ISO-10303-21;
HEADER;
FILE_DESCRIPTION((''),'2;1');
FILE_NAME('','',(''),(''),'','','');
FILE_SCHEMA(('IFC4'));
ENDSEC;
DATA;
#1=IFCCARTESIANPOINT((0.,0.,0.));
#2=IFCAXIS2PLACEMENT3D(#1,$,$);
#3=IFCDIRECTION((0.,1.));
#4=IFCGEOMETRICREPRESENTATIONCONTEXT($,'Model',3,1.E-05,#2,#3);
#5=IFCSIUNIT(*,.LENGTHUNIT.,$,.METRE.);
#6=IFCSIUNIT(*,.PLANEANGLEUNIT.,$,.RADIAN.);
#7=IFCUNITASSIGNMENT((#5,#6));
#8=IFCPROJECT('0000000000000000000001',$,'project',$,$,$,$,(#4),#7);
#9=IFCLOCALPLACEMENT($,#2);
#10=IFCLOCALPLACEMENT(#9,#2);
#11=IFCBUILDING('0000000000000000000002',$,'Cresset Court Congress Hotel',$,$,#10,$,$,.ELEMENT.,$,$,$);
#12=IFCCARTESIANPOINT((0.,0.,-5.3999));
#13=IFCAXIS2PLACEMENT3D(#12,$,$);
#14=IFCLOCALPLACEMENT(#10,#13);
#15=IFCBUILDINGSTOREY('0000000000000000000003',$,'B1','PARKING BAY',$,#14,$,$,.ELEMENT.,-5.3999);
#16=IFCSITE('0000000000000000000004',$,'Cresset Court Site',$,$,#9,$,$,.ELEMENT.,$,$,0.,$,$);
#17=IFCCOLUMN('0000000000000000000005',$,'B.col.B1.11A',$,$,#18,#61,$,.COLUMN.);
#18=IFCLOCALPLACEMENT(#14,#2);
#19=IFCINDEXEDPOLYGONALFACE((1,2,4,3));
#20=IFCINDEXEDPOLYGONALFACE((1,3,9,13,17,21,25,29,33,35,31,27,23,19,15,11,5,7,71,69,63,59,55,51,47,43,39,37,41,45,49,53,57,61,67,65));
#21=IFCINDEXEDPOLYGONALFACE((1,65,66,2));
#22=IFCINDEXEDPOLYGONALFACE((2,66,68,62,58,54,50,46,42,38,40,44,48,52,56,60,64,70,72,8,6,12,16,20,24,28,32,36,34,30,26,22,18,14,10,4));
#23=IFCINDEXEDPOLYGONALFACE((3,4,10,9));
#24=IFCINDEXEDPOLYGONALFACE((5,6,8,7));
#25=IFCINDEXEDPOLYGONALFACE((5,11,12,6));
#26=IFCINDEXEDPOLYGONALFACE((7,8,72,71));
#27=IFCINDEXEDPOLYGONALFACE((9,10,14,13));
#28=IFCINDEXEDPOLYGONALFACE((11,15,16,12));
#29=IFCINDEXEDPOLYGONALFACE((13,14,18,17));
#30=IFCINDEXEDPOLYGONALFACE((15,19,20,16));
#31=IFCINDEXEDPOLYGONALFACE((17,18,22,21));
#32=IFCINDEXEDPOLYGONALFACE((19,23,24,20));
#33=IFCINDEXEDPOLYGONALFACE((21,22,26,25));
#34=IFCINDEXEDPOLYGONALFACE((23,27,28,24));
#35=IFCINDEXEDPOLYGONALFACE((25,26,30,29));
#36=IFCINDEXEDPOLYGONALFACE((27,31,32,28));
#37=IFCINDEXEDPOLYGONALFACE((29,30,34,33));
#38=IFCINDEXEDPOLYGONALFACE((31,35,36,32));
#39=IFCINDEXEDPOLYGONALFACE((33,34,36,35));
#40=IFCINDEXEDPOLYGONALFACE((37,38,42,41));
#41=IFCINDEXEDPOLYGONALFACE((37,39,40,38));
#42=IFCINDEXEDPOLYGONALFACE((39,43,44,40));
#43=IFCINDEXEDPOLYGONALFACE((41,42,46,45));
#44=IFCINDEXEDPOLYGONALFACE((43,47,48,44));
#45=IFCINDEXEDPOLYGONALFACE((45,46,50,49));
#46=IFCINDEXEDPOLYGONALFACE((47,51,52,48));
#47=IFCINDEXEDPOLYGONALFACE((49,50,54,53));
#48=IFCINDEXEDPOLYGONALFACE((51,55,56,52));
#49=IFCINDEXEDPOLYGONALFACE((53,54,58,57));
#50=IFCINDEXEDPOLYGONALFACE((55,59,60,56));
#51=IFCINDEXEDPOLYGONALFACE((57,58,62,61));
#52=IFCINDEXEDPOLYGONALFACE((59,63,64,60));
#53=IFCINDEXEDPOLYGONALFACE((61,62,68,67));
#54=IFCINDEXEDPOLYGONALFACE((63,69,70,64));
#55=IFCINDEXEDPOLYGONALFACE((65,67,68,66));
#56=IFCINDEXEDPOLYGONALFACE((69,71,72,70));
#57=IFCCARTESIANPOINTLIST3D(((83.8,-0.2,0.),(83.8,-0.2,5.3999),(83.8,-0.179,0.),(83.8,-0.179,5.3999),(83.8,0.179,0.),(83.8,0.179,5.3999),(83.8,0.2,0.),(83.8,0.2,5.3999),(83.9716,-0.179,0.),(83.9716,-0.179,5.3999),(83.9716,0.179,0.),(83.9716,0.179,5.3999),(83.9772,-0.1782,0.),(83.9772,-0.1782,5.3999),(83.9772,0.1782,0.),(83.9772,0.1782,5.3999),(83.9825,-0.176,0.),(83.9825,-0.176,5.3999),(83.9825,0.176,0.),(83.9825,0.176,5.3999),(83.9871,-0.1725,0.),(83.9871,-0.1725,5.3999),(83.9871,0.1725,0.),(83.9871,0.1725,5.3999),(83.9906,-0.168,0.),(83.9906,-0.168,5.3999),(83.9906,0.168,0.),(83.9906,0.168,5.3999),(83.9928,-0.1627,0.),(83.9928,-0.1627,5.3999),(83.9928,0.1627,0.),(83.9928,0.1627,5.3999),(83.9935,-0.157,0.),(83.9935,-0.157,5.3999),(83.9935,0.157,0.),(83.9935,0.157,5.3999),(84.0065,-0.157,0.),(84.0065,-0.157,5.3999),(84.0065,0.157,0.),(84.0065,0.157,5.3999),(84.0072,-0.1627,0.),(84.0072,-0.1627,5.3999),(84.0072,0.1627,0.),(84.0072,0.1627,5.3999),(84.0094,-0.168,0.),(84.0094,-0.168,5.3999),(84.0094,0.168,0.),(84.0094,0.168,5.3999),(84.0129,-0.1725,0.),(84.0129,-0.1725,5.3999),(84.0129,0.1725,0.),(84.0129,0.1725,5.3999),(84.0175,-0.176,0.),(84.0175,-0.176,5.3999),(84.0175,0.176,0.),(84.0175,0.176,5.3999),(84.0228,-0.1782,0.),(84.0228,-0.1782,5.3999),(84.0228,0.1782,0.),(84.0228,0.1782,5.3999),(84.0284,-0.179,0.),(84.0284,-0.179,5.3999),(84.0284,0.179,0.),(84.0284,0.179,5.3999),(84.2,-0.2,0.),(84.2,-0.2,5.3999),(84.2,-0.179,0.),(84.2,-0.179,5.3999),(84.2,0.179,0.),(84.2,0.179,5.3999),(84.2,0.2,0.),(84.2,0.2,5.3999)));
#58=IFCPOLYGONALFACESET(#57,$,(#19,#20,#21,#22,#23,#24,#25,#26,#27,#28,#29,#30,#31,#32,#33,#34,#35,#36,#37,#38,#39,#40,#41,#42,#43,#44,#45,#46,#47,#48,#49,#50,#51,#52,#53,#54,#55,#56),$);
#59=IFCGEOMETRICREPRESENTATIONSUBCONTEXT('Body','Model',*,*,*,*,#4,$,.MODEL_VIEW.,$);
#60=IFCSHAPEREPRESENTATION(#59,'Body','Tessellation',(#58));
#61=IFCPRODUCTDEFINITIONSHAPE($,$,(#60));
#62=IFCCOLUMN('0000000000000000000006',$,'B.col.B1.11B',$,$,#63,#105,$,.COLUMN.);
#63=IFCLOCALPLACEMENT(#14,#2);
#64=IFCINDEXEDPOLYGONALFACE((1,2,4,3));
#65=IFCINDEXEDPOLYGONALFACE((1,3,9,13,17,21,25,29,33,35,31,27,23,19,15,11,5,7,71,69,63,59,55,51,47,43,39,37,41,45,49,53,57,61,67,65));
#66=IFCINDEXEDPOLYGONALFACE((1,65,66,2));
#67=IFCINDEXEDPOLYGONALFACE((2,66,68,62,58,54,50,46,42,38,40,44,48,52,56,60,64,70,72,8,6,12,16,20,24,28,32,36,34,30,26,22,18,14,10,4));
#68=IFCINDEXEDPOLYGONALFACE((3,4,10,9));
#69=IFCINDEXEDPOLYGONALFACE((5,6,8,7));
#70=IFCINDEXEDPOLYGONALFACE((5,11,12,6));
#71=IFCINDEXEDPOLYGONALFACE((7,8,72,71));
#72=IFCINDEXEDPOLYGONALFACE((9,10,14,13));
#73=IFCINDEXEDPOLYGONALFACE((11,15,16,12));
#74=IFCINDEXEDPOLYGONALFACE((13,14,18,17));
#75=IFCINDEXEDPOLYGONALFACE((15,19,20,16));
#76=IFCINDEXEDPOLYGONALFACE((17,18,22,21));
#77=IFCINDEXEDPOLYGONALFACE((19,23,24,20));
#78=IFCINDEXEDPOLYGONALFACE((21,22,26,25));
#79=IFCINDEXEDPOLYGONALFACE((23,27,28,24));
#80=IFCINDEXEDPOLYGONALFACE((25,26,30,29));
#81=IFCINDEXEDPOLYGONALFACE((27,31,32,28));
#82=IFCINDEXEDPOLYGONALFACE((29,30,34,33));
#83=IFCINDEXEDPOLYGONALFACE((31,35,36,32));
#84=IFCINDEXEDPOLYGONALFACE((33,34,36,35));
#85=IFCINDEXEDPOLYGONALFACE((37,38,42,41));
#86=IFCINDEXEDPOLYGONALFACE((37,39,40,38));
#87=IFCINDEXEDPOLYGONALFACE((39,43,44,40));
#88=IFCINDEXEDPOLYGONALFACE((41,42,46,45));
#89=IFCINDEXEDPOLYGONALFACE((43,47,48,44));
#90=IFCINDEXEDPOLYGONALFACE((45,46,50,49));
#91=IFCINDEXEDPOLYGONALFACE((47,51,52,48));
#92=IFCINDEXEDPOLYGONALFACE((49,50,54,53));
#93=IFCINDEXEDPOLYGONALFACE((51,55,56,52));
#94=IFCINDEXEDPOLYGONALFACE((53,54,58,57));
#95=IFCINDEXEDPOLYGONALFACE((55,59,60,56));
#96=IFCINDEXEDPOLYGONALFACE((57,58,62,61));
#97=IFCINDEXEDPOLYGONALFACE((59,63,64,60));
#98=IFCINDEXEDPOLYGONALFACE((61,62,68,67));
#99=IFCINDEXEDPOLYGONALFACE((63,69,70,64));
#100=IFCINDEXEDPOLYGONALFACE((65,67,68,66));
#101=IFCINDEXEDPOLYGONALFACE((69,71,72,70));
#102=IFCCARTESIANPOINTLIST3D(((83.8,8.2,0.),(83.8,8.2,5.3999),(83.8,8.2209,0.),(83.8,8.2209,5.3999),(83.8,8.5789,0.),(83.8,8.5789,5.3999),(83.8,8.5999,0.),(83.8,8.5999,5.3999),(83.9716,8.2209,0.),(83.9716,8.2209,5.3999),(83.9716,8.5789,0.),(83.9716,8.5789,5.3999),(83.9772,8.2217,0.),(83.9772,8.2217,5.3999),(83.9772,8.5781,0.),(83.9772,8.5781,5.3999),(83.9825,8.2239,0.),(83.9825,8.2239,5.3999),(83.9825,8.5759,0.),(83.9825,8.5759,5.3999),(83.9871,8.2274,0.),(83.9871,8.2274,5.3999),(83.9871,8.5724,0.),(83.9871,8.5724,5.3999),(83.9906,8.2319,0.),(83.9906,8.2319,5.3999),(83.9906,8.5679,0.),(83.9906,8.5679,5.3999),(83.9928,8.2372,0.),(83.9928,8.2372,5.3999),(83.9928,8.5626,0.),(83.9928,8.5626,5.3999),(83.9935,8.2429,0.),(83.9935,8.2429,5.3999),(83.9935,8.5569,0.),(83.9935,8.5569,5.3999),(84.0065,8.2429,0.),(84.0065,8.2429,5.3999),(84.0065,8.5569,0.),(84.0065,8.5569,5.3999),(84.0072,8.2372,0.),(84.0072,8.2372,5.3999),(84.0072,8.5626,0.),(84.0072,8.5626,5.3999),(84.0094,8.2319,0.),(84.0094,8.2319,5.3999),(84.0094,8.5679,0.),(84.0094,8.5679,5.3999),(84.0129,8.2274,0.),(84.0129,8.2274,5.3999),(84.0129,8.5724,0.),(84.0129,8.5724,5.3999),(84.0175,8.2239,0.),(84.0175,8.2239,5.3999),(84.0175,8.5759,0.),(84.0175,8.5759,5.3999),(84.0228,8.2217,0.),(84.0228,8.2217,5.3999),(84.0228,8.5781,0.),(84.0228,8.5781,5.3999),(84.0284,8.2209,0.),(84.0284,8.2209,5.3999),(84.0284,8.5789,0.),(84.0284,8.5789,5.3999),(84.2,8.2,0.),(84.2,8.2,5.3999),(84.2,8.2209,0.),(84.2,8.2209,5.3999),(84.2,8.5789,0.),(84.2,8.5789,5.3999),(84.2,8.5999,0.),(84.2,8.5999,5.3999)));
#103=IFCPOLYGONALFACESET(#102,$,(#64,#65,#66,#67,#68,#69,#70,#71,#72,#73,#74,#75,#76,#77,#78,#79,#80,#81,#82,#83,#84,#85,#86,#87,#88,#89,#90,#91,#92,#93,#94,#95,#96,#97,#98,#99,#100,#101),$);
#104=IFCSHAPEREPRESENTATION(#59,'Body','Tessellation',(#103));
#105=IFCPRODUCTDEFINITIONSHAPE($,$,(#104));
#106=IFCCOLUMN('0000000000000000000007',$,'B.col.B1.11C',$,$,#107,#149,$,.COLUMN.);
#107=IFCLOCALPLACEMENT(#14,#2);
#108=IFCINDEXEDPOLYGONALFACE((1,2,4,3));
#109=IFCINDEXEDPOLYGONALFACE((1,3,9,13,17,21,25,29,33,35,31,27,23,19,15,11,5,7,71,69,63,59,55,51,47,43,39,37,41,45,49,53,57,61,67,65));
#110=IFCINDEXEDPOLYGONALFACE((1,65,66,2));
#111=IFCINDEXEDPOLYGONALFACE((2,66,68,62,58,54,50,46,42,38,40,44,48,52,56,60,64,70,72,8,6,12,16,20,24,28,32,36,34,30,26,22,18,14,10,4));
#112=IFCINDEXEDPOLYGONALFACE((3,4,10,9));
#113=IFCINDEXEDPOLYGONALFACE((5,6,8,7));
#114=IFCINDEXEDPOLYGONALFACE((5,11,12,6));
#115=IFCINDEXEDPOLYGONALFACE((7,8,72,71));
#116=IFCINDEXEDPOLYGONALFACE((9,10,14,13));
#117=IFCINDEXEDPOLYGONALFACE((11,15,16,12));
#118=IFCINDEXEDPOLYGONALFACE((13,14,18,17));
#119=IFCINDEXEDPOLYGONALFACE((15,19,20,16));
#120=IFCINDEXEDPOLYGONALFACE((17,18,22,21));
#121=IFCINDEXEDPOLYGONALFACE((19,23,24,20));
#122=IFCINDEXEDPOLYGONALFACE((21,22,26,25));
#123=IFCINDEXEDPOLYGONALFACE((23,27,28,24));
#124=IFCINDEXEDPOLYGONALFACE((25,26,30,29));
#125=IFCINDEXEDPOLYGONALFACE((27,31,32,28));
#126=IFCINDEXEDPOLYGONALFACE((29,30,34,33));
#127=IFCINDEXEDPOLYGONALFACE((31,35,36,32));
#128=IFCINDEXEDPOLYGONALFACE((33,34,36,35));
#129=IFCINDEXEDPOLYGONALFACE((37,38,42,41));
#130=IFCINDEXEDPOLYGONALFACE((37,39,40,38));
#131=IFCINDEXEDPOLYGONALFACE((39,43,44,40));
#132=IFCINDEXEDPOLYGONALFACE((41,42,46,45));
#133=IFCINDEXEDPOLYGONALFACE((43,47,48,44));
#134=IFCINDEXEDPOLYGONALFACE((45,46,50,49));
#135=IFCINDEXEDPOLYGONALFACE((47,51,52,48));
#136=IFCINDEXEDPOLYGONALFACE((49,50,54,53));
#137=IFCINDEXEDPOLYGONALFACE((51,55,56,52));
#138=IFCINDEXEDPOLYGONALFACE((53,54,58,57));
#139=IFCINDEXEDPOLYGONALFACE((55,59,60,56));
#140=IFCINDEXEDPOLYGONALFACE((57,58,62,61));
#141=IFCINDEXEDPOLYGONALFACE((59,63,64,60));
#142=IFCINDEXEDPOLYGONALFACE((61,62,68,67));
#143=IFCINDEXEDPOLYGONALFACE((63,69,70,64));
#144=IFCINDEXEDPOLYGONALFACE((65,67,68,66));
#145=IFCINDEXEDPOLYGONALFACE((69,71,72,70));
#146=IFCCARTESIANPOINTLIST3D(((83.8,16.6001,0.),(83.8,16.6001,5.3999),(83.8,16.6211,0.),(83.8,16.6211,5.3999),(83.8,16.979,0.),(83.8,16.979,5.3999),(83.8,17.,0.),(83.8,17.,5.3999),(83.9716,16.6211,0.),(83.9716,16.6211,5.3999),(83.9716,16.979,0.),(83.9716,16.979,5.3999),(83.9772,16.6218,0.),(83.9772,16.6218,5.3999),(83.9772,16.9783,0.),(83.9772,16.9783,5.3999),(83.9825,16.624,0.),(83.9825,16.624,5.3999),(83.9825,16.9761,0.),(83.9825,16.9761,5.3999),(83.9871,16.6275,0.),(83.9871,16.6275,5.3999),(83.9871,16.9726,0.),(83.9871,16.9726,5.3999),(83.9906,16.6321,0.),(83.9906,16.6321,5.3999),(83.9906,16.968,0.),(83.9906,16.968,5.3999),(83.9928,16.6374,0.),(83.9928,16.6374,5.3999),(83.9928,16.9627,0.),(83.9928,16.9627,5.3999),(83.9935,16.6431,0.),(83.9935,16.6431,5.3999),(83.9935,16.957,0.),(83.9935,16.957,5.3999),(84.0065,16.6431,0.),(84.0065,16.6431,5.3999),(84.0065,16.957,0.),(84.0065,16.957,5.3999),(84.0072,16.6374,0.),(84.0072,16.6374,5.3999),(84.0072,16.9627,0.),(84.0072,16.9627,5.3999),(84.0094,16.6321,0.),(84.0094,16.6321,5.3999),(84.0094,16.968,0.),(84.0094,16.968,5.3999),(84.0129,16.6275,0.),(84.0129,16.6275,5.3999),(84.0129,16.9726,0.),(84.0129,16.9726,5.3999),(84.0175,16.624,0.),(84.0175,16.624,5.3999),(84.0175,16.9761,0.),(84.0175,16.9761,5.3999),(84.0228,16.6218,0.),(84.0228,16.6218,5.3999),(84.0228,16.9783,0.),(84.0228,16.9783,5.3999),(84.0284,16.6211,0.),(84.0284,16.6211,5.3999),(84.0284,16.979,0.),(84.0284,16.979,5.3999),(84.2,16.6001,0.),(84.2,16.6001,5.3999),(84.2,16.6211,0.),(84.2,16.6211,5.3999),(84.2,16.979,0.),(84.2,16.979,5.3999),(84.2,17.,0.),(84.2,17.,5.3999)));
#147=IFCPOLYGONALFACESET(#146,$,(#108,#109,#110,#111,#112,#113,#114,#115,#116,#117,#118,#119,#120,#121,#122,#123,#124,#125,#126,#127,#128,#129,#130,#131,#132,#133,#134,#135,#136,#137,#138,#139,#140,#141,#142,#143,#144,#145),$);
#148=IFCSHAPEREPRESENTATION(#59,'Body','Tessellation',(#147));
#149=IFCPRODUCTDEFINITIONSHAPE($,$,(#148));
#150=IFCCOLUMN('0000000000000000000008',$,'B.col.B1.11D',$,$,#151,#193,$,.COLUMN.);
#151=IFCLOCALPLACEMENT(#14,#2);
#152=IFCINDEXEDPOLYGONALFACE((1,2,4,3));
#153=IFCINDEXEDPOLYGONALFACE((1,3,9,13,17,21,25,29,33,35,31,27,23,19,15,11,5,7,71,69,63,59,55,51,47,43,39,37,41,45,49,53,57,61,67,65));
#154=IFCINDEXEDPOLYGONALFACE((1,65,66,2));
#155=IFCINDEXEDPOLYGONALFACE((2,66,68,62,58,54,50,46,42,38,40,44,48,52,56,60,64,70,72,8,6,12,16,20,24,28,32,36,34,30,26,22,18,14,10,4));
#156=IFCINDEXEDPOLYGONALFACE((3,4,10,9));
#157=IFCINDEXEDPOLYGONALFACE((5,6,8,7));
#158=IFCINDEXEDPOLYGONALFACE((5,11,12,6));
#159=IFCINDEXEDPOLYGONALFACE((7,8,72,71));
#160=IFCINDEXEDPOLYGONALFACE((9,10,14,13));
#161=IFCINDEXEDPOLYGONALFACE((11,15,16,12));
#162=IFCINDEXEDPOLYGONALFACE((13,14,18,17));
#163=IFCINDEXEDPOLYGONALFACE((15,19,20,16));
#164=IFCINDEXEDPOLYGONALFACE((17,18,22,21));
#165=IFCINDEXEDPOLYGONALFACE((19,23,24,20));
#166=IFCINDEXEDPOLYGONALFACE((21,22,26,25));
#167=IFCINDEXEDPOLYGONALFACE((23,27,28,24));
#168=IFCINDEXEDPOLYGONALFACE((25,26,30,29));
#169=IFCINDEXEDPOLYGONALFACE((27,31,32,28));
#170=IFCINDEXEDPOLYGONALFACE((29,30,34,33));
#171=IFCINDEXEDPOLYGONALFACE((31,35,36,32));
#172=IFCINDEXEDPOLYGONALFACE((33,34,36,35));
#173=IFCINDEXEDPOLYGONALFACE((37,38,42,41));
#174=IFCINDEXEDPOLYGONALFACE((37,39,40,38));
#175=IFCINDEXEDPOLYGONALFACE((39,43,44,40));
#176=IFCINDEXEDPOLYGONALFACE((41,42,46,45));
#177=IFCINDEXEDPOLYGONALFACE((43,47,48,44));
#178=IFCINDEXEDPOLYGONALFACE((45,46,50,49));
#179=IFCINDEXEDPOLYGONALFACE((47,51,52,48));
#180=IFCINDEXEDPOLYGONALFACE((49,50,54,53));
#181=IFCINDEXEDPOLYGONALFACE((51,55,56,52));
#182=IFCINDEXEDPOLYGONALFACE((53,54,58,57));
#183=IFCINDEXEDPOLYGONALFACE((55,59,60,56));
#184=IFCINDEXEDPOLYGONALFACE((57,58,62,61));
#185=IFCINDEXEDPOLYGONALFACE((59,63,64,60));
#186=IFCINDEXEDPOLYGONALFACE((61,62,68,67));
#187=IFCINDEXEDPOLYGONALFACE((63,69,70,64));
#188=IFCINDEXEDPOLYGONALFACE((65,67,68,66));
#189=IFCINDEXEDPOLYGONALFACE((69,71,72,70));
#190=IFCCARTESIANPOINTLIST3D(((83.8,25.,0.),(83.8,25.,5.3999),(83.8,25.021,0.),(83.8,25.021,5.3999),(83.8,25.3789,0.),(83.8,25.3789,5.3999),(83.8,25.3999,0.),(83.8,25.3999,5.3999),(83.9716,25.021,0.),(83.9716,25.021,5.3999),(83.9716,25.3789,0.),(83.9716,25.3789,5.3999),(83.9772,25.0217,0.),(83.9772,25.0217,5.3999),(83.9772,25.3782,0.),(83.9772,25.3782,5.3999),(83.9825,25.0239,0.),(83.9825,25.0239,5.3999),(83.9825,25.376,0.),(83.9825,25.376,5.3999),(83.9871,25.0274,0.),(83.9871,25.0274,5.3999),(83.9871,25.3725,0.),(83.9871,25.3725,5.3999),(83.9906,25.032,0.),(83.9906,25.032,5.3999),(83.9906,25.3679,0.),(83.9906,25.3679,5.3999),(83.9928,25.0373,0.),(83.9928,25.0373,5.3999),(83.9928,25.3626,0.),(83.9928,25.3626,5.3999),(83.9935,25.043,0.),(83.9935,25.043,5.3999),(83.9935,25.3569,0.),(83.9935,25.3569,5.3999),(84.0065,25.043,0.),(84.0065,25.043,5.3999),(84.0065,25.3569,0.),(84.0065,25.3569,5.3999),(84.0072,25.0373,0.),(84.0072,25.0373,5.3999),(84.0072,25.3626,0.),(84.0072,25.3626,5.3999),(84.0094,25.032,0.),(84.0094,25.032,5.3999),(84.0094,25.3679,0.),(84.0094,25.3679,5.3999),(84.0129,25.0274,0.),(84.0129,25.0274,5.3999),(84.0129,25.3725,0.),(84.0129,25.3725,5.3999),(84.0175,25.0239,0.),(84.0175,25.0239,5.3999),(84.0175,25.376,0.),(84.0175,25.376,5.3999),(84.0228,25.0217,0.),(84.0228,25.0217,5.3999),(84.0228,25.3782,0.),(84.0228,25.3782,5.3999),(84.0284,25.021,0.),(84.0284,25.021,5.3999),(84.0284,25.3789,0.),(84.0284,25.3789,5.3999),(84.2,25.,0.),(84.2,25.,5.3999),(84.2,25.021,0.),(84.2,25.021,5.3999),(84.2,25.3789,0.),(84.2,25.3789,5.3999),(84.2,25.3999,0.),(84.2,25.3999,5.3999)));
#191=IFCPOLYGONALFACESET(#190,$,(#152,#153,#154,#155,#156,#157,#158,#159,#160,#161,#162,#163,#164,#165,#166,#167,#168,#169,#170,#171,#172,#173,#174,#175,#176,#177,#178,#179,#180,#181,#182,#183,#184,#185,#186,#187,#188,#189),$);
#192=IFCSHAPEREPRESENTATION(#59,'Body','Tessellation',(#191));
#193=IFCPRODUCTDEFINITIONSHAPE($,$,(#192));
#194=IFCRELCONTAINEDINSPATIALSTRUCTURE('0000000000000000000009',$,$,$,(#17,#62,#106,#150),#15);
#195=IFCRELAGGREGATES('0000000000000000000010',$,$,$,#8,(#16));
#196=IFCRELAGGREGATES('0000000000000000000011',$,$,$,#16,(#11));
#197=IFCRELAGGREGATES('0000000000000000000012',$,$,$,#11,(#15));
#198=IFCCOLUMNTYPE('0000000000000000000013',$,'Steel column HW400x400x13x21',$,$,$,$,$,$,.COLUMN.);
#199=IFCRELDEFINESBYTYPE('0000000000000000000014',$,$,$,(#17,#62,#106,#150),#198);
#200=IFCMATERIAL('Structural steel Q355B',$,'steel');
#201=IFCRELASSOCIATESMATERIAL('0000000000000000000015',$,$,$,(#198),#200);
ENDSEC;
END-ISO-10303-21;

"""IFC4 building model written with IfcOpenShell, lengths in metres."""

from ifc_helpers import new_model, si_unit, direction, frame, origin, origin_2d, place, context, subcontext, project, spatial, i_section, extrude, material, material_profile, profile_set, type_object, element, save


model = new_model("IFC4")

# Units and contexts
model_context = context("Model", 3, precision=1e-05, world=origin(), true_north=direction((0.0, 1.0)))
body_context = subcontext(model_context, "Body", "Model", "MODEL_VIEW")
ifc_project = project(units=[si_unit("LENGTHUNIT", "METRE"), si_unit("PLANEANGLEUNIT", "RADIAN")], contexts=[model_context])

# Site, building, storey
site_placement = place(None, origin())
site = spatial("IfcSite", under=ifc_project, at=site_placement, Name="Cresset Court Site", CompositionType="ELEMENT", RefElevation=0.0)
building_placement = place(site_placement, origin())
building = spatial("IfcBuilding", under=site, at=building_placement, Name="Cresset Court Congress Hotel", CompositionType="ELEMENT")
storey_placement = place(building_placement, frame((0.0, 0.0, -5.3999)))
storey = spatial("IfcBuildingStorey", under=building, at=storey_placement, Name="B1", Description="PARKING BAY", CompositionType="ELEMENT", Elevation=-5.3999)

# Columns
ifc_material_1 = material(Name="Structural steel Q355B", Category="steel")
ifc_material_profile_1 = material_profile(ifc_material_1, i_section(OverallWidth=0.3999, OverallDepth=0.3999, WebThickness=0.0129, FlangeThickness=0.021, FilletRadius=0.022, at=origin_2d()), Name="HW400x400x13x21")
ifc_profile_set_1 = profile_set([ifc_material_profile_1], Name="Structural steel Q355B")
column_type_1 = type_object("IfcColumnType", Name="Steel column HW400x400x13x21", PredefinedType="COLUMN", material=ifc_profile_set_1)
for number, where, z_axis, x_axis, name in (
    (1, (84.0, 0.0, 0.0), (0.0, 0.0, 1.0), (1.0, 0.0, 0.0), "B.col.B1.11A"),
    (2, (84.0, 8.3999, 0.0), (0.0, 0.0, 1.0), (1.0, 0.0, 0.0), "B.col.B1.11B"),
    (3, (84.0, 16.8, 0.0), (0.0, 0.0, 1.0), (1.0, 0.0, 0.0), "B.col.B1.11C"),
    (4, (84.0, 25.2, 0.0), (0.0, 0.0, 1.0), (1.0, 0.0, 0.0), "B.col.B1.11D"),
):
    element("IfcColumn", number, at=place(storey_placement, frame(where, z_axis=z_axis, x_axis=x_axis)), inside=storey, type_object=column_type_1, Name=name, PredefinedType="COLUMN", context=body_context, shape_type="SweptSolid", body=[
        extrude(i_section(OverallWidth=0.3999, OverallDepth=0.3999, WebThickness=0.0129, FlangeThickness=0.021, FilletRadius=0.022, at=origin_2d()), origin(), (0.0, 0.0, 1.0), 5.3999),
    ])

save(model, "model.ifc")
